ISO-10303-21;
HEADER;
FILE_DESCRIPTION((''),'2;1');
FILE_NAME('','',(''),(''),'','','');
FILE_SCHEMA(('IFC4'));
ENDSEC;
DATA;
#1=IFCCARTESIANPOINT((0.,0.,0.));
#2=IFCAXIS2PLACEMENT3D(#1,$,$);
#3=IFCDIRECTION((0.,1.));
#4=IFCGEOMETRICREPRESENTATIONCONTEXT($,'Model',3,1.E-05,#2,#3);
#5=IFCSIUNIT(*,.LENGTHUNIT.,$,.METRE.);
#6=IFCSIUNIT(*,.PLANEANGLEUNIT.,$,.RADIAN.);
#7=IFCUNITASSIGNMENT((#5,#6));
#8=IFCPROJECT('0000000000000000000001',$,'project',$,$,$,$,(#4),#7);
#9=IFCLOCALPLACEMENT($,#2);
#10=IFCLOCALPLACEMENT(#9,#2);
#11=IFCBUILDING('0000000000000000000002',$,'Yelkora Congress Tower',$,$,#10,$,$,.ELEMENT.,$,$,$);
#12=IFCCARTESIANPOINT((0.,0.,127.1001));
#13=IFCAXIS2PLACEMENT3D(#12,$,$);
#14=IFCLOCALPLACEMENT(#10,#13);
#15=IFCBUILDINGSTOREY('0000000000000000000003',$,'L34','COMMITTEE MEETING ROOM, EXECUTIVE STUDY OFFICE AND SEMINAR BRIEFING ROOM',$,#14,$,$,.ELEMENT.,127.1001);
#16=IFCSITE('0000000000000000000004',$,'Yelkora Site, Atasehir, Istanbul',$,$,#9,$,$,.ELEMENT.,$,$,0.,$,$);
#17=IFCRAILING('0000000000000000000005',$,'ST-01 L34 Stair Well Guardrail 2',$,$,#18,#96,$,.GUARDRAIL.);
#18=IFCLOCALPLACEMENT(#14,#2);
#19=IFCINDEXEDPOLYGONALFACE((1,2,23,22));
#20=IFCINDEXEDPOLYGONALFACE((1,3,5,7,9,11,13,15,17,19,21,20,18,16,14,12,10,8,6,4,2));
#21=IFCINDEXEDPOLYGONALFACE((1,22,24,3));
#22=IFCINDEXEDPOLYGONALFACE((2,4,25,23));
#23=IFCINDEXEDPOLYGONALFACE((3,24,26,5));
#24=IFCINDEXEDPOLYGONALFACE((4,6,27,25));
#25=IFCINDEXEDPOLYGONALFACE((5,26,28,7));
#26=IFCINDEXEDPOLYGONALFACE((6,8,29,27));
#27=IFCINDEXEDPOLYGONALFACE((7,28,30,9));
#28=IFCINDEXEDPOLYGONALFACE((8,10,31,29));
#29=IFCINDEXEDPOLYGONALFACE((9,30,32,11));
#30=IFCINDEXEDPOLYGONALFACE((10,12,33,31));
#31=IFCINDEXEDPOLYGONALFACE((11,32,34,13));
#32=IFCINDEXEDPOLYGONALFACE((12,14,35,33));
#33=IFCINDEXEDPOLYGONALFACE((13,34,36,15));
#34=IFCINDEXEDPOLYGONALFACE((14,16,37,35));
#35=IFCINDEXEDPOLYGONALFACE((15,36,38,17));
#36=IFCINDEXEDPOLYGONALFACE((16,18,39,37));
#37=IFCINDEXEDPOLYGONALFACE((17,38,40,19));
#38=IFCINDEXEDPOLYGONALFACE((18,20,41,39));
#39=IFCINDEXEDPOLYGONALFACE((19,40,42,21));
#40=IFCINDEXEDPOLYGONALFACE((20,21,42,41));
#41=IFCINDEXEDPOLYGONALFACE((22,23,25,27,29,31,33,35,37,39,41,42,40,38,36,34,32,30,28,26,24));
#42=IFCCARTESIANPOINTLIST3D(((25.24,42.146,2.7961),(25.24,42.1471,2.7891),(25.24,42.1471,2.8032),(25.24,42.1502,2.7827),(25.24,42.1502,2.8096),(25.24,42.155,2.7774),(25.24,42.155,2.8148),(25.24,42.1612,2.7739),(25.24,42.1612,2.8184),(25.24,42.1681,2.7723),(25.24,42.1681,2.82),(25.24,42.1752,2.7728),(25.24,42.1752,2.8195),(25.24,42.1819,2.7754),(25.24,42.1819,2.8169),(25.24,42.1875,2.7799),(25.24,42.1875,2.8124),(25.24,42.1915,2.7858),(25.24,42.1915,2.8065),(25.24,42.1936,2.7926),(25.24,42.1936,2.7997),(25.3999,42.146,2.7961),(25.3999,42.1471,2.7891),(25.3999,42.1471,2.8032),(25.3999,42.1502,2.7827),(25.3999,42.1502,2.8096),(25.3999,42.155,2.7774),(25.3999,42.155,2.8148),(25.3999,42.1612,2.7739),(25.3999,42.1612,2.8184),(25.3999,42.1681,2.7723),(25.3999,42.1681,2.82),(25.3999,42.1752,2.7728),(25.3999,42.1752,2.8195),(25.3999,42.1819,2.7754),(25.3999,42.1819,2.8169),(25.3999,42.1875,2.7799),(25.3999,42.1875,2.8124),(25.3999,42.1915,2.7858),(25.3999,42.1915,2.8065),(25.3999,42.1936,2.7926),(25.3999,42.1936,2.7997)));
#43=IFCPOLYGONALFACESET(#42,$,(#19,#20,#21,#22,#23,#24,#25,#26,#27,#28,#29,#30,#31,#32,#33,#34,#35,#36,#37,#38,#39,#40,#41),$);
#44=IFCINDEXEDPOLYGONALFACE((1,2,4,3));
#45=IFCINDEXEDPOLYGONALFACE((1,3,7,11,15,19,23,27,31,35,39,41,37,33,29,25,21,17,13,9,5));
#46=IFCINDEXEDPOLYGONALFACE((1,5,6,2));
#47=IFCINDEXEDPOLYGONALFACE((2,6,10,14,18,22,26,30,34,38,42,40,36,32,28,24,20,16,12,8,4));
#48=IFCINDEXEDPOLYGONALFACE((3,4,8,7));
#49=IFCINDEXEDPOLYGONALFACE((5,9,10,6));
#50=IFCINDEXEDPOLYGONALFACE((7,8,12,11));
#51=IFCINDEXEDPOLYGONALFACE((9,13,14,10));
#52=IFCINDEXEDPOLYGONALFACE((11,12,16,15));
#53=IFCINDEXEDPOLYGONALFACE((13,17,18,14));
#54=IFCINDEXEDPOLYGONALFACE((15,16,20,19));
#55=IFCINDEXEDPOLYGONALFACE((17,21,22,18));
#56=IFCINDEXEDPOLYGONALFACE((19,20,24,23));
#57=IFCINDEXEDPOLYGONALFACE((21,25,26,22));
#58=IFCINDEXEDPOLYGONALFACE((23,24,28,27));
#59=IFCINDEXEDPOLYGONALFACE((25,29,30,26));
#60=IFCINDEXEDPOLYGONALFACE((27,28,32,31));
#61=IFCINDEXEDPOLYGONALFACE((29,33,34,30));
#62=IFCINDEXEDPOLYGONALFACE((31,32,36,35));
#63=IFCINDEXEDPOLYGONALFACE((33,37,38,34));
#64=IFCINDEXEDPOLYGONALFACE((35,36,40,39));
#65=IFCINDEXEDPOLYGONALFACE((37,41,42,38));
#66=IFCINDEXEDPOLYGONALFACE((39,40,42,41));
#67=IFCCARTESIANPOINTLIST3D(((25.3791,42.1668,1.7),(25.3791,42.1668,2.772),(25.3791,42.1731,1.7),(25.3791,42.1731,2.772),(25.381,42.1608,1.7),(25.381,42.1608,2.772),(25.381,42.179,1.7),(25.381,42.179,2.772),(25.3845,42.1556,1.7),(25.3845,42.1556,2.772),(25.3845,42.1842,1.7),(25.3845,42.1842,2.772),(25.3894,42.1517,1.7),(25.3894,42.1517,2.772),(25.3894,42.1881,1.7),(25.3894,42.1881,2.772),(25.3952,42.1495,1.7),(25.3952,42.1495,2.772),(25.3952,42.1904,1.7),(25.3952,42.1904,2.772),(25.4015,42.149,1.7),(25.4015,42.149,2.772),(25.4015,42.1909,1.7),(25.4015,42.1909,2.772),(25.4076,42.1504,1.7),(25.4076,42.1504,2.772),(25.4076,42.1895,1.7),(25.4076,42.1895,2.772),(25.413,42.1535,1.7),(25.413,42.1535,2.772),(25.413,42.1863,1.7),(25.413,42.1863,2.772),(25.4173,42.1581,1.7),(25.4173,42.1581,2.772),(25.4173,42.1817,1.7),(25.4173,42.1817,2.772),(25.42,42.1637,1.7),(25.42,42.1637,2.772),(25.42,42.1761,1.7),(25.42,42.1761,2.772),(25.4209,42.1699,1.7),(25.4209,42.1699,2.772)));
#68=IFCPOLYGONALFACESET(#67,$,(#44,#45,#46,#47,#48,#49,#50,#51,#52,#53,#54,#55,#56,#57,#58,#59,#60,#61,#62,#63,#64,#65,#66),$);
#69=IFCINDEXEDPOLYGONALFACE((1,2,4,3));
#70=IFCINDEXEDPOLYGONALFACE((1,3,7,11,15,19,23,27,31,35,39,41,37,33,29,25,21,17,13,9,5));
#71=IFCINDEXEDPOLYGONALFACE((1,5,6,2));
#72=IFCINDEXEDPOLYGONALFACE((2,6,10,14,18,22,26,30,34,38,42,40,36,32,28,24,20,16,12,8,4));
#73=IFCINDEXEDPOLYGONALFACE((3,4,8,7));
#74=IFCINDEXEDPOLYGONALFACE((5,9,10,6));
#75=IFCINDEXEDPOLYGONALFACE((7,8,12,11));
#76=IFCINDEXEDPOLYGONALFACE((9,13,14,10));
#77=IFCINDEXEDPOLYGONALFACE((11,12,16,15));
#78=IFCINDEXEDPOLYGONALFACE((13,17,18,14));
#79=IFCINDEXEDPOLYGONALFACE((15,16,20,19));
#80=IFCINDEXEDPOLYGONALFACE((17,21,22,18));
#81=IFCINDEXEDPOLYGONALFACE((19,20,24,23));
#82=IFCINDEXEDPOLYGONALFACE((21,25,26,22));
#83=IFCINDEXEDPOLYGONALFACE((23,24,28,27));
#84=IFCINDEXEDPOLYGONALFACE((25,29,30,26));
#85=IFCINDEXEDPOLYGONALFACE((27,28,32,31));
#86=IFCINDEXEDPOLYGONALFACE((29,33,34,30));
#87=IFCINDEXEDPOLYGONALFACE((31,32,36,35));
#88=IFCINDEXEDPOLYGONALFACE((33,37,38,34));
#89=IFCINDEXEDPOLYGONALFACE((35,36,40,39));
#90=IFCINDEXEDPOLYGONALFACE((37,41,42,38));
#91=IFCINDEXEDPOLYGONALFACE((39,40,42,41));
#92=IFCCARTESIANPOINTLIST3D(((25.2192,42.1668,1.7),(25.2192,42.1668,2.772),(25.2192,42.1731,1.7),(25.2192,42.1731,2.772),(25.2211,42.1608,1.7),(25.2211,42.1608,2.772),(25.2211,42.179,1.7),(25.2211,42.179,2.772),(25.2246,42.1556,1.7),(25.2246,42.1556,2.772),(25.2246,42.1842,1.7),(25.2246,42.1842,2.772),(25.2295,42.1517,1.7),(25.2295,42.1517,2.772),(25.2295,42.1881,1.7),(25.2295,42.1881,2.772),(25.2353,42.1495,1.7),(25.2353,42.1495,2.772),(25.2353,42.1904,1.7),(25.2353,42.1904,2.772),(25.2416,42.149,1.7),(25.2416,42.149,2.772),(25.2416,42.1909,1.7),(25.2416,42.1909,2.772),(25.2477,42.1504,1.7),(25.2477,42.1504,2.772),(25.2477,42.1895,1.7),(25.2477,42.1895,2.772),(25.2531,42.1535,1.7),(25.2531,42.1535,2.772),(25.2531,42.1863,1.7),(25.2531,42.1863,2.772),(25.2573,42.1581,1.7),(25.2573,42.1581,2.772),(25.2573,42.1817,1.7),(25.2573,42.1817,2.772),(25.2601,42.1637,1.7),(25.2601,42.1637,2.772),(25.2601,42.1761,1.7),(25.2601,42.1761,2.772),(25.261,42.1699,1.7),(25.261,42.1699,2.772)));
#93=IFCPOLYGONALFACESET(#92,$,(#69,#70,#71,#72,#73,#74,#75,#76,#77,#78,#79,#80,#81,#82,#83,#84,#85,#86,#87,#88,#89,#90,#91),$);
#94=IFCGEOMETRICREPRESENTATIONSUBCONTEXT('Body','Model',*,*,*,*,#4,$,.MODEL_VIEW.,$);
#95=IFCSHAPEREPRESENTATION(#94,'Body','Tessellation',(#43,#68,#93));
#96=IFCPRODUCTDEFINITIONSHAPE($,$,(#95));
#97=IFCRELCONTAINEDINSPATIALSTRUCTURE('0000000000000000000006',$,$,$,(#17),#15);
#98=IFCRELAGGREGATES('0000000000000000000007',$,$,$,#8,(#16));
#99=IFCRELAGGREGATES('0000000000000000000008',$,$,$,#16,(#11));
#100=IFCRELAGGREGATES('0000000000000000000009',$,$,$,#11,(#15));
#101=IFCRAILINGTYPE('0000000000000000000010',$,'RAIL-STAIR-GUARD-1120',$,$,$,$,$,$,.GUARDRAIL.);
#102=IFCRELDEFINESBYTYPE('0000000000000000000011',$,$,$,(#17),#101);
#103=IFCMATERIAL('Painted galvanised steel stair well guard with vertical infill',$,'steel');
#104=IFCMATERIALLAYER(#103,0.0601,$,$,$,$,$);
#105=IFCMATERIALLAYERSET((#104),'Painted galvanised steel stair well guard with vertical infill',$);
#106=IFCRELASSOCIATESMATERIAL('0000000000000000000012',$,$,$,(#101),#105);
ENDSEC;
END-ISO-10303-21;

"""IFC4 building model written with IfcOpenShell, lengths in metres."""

from ifc_helpers import new_model, si_unit, direction, frame, origin, origin_2d, place, context, subcontext, project, spatial, circle, extrude, material, layer, layer_set, type_object, element, save


model = new_model("IFC4")

# Units and contexts
model_context = context("Model", 3, precision=1e-05, world=origin(), true_north=direction((0.0, 1.0)))
body_context = subcontext(model_context, "Body", "Model", "MODEL_VIEW")
ifc_project = project(units=[si_unit("LENGTHUNIT", "METRE"), si_unit("PLANEANGLEUNIT", "RADIAN")], contexts=[model_context])

# Site, building, storey
site_placement = place(None, origin())
site = spatial("IfcSite", under=ifc_project, at=site_placement, Name="Yelkora Site, Atasehir, Istanbul", CompositionType="ELEMENT", RefElevation=0.0)
building_placement = place(site_placement, origin())
building = spatial("IfcBuilding", under=site, at=building_placement, Name="Yelkora Congress Tower", CompositionType="ELEMENT")
storey_placement = place(building_placement, frame((0.0, 0.0, 127.1001)))
storey = spatial("IfcBuildingStorey", under=building, at=storey_placement, Name="L34", Description="COMMITTEE MEETING ROOM, EXECUTIVE STUDY OFFICE AND SEMINAR BRIEFING ROOM", CompositionType="ELEMENT", Elevation=127.1001)

# Railing
ifc_material_1 = material(Name="Painted galvanised steel stair well guard with vertical infill", Category="steel")
ifc_layer_1 = layer(ifc_material_1, 0.0601)
ifc_layer_set_1 = layer_set([ifc_layer_1], Name="Painted galvanised steel stair well guard with vertical infill")
railing_type_1 = type_object("IfcRailingType", Name="RAIL-STAIR-GUARD-1120", PredefinedType="GUARDRAIL", material=ifc_layer_set_1)
railing_1_placement = place(storey_placement, frame((25.3999, 42.1699, 1.7)))
element("IfcRailing", 1, at=railing_1_placement, inside=storey, type_object=railing_type_1, Name="ST-01 L34 Stair Well Guardrail 2", PredefinedType="GUARDRAIL", context=body_context, shape_type="SweptSolid", body=[
    extrude(circle(Radius=0.0239, at=origin_2d()), frame((0.0, 0.0, 1.0962), z_axis=(-1.0, 0.0, 0.0), x_axis=(0.0, -1.0, 0.0)), (0.0, 0.0, 1.0), 0.1599),
    extrude(circle(Radius=0.021, at=origin_2d()), origin(), (0.0, 0.0, 1.0), 1.072),
    extrude(circle(Radius=0.021, at=origin_2d()), frame((-0.1599, 0.0, 0.0)), (0.0, 0.0, 1.0), 1.072),
])

save(model, "model.ifc")
